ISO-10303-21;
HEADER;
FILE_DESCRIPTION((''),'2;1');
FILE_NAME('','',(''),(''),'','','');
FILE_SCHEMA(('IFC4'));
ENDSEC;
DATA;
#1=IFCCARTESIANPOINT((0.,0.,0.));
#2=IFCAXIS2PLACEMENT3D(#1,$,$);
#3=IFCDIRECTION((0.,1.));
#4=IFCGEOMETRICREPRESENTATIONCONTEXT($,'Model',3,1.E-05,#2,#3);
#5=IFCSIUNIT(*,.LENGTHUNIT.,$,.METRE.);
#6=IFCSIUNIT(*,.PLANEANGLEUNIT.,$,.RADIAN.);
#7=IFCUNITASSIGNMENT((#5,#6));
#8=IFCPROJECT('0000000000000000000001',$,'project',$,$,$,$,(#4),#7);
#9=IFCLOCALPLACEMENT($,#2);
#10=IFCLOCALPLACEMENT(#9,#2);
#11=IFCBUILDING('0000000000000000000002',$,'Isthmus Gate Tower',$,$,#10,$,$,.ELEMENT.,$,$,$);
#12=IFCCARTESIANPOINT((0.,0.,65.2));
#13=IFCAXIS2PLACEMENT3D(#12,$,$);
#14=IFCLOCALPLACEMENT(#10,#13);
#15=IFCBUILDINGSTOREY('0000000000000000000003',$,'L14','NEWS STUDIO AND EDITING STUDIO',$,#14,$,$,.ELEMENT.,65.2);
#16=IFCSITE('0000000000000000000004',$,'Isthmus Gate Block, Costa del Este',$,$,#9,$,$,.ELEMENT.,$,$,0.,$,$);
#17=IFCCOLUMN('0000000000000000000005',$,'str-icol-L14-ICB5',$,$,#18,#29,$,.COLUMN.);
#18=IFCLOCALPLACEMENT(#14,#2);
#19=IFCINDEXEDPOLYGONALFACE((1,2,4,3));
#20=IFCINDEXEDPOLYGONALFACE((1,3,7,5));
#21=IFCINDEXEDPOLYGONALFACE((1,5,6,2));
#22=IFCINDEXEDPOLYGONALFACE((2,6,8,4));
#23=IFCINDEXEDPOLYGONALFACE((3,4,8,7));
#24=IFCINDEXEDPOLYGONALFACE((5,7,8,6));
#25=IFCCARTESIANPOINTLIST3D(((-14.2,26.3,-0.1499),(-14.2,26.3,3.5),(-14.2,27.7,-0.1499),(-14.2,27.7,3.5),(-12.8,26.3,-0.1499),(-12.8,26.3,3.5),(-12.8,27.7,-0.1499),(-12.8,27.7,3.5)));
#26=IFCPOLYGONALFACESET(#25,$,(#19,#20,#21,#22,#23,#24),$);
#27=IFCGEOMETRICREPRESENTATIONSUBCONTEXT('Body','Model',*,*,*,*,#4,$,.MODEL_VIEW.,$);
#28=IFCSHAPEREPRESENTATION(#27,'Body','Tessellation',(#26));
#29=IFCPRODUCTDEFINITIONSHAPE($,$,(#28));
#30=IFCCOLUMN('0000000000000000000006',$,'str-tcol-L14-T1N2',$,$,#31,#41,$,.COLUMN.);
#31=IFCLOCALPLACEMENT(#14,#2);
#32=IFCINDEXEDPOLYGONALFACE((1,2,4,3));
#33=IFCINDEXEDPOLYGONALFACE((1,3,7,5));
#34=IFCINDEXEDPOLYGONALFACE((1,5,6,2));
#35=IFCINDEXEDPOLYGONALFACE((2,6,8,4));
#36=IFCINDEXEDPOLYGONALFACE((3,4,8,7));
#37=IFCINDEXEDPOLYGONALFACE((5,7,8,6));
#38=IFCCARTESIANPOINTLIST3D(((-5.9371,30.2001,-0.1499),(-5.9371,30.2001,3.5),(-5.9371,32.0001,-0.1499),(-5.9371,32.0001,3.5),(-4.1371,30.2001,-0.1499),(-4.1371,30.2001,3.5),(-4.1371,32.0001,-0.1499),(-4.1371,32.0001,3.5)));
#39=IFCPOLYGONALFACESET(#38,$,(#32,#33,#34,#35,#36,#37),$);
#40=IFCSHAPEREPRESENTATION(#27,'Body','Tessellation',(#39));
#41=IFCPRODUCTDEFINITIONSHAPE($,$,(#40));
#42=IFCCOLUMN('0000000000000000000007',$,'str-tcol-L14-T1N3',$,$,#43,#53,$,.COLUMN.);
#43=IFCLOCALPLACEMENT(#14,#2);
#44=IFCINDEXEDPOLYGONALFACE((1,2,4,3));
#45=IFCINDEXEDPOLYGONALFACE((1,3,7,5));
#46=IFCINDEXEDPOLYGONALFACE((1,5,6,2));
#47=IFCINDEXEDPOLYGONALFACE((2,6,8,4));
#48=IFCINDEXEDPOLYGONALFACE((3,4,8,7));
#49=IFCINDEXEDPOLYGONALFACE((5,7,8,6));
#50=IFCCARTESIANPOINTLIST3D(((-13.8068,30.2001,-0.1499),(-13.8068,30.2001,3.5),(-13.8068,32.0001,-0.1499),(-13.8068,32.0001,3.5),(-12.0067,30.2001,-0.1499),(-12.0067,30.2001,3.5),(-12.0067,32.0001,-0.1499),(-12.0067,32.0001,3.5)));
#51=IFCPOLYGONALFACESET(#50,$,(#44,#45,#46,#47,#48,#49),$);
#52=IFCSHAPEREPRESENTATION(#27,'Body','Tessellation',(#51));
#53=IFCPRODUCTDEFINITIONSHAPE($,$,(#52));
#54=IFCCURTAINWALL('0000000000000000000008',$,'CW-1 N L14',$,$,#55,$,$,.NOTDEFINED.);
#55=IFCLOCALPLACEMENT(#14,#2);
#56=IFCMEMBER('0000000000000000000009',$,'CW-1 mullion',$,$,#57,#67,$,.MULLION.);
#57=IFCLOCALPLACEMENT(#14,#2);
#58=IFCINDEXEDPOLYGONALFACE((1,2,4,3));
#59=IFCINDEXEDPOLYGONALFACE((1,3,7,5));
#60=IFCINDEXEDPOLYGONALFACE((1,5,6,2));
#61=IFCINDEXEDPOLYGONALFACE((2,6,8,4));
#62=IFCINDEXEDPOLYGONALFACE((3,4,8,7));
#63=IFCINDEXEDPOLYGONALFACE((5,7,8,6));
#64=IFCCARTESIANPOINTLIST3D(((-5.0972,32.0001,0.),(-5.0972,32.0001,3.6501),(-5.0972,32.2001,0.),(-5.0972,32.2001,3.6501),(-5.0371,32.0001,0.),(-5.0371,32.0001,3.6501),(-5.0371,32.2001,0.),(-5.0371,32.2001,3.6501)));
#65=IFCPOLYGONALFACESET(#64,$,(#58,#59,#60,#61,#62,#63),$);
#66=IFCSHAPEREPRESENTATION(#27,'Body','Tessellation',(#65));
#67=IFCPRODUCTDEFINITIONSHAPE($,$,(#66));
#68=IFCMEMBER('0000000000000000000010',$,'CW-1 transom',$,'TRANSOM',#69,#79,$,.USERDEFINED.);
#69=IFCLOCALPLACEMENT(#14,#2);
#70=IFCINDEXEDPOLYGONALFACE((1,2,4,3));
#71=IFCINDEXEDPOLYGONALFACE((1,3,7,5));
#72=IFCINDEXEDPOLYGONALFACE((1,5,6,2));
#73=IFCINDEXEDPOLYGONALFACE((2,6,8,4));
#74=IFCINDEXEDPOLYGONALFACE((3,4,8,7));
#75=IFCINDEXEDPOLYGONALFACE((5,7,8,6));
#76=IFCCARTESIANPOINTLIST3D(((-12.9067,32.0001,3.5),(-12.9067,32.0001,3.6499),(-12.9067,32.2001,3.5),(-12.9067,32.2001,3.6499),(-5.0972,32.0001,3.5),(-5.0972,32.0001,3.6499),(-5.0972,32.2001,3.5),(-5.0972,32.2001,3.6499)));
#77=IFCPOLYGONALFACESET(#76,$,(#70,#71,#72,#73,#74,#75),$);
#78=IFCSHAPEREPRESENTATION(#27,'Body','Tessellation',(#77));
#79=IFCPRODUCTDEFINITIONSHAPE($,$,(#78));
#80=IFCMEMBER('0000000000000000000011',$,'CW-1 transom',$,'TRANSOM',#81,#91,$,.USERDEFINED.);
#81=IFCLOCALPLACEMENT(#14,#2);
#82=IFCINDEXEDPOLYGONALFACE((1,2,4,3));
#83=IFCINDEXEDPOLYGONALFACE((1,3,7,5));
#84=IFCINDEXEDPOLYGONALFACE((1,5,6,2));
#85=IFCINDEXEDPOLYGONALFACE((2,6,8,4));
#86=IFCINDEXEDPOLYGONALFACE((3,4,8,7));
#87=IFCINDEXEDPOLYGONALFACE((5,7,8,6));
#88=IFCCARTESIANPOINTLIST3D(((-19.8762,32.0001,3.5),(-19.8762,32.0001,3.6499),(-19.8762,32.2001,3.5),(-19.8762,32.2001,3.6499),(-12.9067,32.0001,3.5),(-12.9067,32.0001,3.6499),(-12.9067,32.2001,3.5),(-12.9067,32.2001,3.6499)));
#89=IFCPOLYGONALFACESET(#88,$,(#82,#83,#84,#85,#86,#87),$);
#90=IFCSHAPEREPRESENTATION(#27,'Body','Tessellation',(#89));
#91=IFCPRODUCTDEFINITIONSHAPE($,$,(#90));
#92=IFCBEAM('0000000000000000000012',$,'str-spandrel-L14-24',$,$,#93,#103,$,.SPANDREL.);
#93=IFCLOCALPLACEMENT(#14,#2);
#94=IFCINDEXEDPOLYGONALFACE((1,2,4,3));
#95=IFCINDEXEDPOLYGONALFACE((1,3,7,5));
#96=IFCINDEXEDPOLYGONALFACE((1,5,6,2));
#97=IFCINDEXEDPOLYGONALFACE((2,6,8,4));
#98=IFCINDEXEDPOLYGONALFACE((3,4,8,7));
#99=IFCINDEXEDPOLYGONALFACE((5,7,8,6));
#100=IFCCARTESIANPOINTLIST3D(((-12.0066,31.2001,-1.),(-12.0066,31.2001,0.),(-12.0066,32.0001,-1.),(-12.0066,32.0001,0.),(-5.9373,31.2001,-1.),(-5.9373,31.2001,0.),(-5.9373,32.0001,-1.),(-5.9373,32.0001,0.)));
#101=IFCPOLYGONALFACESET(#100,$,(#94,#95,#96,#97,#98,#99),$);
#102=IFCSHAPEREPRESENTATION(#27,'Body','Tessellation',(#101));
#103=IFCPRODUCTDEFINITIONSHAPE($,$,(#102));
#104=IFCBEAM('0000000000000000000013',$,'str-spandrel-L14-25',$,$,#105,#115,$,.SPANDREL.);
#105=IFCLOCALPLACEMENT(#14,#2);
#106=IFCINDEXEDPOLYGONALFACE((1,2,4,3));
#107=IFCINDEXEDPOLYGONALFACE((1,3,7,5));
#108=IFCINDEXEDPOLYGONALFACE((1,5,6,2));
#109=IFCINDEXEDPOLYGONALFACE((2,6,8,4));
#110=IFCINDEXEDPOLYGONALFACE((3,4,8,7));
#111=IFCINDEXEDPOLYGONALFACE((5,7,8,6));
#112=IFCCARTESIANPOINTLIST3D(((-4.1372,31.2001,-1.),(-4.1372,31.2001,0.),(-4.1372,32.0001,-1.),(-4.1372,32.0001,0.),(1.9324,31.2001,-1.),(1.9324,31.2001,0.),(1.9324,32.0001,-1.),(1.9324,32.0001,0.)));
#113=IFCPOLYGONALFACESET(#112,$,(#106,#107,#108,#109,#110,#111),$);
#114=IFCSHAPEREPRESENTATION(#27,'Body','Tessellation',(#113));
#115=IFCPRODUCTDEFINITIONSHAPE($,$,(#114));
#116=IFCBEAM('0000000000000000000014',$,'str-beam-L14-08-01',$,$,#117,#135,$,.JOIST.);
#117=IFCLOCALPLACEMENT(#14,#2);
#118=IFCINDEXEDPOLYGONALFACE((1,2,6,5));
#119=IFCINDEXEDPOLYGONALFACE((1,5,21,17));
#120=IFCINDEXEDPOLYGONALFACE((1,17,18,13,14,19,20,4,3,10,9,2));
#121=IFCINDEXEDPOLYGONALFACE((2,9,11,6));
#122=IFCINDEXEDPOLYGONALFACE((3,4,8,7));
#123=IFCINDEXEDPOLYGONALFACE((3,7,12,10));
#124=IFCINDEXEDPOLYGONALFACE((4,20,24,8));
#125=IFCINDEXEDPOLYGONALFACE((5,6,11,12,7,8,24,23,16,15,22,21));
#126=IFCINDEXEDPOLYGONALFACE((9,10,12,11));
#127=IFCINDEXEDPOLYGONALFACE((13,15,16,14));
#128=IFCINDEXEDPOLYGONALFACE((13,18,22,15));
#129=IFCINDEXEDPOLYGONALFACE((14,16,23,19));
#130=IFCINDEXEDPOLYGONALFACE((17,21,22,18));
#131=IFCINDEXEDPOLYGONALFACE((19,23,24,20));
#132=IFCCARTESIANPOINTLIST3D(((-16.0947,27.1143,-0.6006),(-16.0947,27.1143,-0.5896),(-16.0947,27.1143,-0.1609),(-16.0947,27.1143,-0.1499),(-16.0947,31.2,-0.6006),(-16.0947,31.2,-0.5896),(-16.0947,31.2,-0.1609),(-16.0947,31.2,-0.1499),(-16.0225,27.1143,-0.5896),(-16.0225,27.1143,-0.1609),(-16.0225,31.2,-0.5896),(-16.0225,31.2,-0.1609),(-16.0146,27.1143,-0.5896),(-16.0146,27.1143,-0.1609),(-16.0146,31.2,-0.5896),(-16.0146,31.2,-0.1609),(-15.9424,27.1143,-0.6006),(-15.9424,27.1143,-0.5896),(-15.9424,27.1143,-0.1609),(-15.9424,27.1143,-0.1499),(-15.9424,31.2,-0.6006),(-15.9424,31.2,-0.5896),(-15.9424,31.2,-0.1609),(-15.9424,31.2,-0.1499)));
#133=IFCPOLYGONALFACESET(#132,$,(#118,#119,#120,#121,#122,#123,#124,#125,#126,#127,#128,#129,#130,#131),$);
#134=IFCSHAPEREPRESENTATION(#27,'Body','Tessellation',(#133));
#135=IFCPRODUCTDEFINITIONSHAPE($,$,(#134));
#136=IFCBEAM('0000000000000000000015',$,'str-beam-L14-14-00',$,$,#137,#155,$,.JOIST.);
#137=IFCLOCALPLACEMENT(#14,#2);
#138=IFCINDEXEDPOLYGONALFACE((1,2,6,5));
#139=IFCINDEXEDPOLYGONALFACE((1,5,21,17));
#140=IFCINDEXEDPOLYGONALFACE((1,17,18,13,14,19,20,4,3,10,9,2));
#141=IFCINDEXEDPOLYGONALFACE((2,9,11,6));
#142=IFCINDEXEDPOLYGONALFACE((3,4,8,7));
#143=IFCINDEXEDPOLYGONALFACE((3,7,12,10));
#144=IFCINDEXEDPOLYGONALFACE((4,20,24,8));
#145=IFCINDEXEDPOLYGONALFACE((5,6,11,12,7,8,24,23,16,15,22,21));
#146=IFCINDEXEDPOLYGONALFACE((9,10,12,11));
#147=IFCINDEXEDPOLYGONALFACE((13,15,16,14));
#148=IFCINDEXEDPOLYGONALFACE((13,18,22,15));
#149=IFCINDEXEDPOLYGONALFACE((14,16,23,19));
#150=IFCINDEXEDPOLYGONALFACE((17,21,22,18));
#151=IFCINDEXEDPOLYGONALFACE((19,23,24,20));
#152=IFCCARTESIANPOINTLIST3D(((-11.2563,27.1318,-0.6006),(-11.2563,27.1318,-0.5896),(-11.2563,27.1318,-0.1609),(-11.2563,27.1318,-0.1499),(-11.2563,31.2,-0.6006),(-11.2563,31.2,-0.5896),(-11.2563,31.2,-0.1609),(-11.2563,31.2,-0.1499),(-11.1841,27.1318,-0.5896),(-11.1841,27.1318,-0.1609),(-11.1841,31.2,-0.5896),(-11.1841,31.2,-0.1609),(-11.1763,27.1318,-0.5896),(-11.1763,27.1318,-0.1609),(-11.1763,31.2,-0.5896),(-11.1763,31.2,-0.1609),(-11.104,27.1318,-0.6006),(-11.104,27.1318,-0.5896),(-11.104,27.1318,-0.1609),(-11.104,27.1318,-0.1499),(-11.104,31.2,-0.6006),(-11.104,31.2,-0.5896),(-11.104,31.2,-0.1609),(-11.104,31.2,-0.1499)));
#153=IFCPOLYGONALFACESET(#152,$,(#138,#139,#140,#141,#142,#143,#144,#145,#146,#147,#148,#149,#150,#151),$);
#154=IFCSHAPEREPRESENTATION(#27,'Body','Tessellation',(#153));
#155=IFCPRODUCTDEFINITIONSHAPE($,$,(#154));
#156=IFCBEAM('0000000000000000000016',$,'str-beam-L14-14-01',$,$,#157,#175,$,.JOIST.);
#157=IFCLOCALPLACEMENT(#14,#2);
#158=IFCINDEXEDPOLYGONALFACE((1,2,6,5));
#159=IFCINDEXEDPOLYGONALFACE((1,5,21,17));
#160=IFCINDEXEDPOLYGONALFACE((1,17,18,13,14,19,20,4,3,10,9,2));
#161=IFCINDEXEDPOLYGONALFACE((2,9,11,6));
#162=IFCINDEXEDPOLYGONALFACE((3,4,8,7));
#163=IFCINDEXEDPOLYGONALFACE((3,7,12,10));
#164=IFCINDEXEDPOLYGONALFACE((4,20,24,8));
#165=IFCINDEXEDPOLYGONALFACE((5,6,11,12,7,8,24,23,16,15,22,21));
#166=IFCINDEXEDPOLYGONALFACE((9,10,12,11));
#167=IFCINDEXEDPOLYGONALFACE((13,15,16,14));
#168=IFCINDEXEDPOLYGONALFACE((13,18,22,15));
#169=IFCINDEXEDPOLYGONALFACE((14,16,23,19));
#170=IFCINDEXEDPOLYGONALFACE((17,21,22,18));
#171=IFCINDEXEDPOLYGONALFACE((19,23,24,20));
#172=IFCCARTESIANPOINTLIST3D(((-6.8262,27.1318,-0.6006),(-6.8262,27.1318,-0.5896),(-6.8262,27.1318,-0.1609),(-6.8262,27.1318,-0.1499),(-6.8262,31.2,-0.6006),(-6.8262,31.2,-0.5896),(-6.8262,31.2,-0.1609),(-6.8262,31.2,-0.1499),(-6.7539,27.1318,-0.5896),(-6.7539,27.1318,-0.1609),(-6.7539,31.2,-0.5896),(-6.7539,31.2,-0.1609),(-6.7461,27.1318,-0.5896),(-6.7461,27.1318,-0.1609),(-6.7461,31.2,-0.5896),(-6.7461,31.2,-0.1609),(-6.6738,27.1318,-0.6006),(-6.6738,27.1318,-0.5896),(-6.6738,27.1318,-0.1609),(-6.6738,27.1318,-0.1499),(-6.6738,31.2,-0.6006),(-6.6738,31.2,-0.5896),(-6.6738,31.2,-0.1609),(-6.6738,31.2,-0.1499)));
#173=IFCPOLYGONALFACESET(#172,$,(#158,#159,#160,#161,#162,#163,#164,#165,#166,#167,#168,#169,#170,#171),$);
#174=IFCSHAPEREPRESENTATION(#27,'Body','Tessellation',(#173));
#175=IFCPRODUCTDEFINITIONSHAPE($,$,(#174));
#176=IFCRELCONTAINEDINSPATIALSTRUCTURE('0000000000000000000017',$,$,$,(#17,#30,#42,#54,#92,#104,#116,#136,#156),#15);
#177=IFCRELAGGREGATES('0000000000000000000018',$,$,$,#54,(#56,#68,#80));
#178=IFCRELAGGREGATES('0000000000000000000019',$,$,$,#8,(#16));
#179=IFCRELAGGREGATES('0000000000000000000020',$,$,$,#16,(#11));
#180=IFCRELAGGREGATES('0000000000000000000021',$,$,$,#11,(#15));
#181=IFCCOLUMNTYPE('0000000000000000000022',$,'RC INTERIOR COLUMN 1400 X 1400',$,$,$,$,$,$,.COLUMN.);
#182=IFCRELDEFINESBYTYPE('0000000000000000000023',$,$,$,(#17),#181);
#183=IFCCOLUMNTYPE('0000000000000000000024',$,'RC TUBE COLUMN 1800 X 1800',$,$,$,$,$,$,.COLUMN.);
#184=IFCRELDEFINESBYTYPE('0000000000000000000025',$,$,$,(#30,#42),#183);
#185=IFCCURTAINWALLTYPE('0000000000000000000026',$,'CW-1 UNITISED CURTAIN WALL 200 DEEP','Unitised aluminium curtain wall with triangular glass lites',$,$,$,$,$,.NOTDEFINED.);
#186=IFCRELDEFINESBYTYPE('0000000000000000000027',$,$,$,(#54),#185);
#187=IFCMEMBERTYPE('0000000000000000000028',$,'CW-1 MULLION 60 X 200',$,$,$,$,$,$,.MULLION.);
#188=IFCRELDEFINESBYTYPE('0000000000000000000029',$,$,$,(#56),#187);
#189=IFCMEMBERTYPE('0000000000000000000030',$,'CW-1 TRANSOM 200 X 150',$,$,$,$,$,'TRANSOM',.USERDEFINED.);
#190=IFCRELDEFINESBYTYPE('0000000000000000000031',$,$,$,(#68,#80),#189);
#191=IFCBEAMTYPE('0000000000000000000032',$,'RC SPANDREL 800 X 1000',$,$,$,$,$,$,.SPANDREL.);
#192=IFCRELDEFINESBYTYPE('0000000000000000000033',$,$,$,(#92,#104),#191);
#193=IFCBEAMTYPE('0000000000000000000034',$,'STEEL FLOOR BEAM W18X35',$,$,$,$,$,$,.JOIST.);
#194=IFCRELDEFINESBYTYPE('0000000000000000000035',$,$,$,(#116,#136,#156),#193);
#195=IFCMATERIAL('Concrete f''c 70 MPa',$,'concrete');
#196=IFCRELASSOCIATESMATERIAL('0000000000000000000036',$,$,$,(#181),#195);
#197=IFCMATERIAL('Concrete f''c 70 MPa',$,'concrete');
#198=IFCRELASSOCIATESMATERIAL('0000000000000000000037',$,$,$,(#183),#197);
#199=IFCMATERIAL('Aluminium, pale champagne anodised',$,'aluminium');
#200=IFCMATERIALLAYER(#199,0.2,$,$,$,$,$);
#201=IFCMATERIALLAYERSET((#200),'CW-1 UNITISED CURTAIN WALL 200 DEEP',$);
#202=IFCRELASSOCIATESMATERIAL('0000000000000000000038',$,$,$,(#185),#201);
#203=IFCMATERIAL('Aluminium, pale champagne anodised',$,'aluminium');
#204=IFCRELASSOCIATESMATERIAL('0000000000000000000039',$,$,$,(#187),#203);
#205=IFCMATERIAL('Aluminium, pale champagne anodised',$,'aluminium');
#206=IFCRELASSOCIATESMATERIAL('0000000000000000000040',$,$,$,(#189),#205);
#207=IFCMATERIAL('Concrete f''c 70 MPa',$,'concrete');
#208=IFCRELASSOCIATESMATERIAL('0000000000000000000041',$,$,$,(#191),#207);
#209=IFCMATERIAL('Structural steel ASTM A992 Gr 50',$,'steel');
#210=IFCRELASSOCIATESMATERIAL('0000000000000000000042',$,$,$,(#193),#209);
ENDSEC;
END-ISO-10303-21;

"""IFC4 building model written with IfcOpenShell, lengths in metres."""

from ifc_helpers import new_model, si_unit, direction, frame, origin, origin_2d, place, context, subcontext, project, spatial, rectangle, i_section, extrude, material, layer, layer_set, material_profile, profile_set, type_object, element, aggregate, save


model = new_model("IFC4")

# Units and contexts
model_context = context("Model", 3, precision=1e-05, world=origin(), true_north=direction((0.0, 1.0)))
body_context = subcontext(model_context, "Body", "Model", "MODEL_VIEW")
ifc_project = project(units=[si_unit("LENGTHUNIT", "METRE"), si_unit("PLANEANGLEUNIT", "RADIAN")], contexts=[model_context])

# Site, building, storey
site_placement = place(None, origin())
site = spatial("IfcSite", under=ifc_project, at=site_placement, Name="Isthmus Gate Block, Costa del Este", CompositionType="ELEMENT", RefElevation=0.0)
building_placement = place(site_placement, origin())
building = spatial("IfcBuilding", under=site, at=building_placement, Name="Isthmus Gate Tower", CompositionType="ELEMENT")
storey_placement = place(building_placement, frame((0.0, 0.0, 65.2)))
storey = spatial("IfcBuildingStorey", under=building, at=storey_placement, Name="L14", Description="NEWS STUDIO AND EDITING STUDIO", CompositionType="ELEMENT", Elevation=65.2)

# Columns
ifc_material_1 = material(Name="Concrete f'c 70 MPa", Category="concrete")
ifc_material_profile_1 = material_profile(ifc_material_1, rectangle(XDim=1.3999, YDim=1.3999, at=origin_2d()), Name="RC 1400X1400")
ifc_profile_set_1 = profile_set([ifc_material_profile_1], Name="Concrete f'c 70 MPa")
column_type_1 = type_object("IfcColumnType", Name="RC INTERIOR COLUMN 1400 X 1400", PredefinedType="COLUMN", material=ifc_profile_set_1)
column_placement = place(storey_placement, frame((-13.5, 27.0, -0.1499), z_axis=(0.0, 0.0, 1.0), x_axis=(1.0, 0.0, 0.0)))
element("IfcColumn", 1, at=column_placement, inside=storey, type_object=column_type_1, Name="str-icol-L14-ICB5", PredefinedType="COLUMN", context=body_context, shape_type="SweptSolid", body=[
    extrude(rectangle(XDim=1.3999, YDim=1.3999, at=origin_2d()), origin(), (0.0, 0.0, 1.0), 3.6499),
])
ifc_material_2 = material(Name="Concrete f'c 70 MPa", Category="concrete")
ifc_material_profile_2 = material_profile(ifc_material_2, rectangle(XDim=1.8, YDim=1.8, at=origin_2d()), Name="RC 1800X1800")
ifc_profile_set_2 = profile_set([ifc_material_profile_2], Name="Concrete f'c 70 MPa")
column_type_2 = type_object("IfcColumnType", Name="RC TUBE COLUMN 1800 X 1800", PredefinedType="COLUMN", material=ifc_profile_set_2)
for number, where, z_axis, x_axis, name in (
    (2, (-5.0371, 31.1001, -0.1499), (0.0, 0.0, 1.0), (-1.0, 0.0, 0.0), "str-tcol-L14-T1N2"),
    (3, (-12.9067, 31.1001, -0.1499), (0.0, 0.0, 1.0), (-1.0, 0.0, 0.0), "str-tcol-L14-T1N3"),
):
    element("IfcColumn", number, at=place(storey_placement, frame(where, z_axis=z_axis, x_axis=x_axis)), inside=storey, type_object=column_type_2, Name=name, PredefinedType="COLUMN", context=body_context, shape_type="SweptSolid", body=[
        extrude(rectangle(XDim=1.8, YDim=1.8, at=origin_2d()), origin(), (0.0, 0.0, 1.0), 3.6499),
    ])

# Curtain wall, members
ifc_material_3 = material(Name="Aluminium, pale champagne anodised", Category="aluminium")
ifc_layer_1 = layer(ifc_material_3, 0.2)
ifc_layer_set_1 = layer_set([ifc_layer_1], Name="CW-1 UNITISED CURTAIN WALL 200 DEEP")
curtain_wall_type = type_object("IfcCurtainWallType", Name="CW-1 UNITISED CURTAIN WALL 200 DEEP", Description="Unitised aluminium curtain wall with triangular glass lites", PredefinedType="NOTDEFINED", material=ifc_layer_set_1)
curtain_wall_placement = place(storey_placement, origin())
curtain_wall = element("IfcCurtainWall", 4, at=curtain_wall_placement, inside=storey, type_object=curtain_wall_type, Name="CW-1 N L14", PredefinedType="NOTDEFINED")
ifc_material_4 = material(Name="Aluminium, pale champagne anodised", Category="aluminium")
ifc_material_profile_3 = material_profile(ifc_material_4, rectangle(XDim=0.0601, YDim=0.2, at=origin_2d()), Name="60x200")
ifc_profile_set_3 = profile_set([ifc_material_profile_3], Name="Aluminium, pale champagne anodised")
member_type_1 = type_object("IfcMemberType", Name="CW-1 MULLION 60 X 200", PredefinedType="MULLION", material=ifc_profile_set_3)
member_1_placement = place(storey_placement, frame((-5.0671, 32.1001, 0.0), z_axis=(0.0, 0.0, 1.0), x_axis=(-1.0, 0.0, 0.0)))
member_1 = element("IfcMember", 5, at=member_1_placement, type_object=member_type_1, Name="CW-1 mullion", PredefinedType="MULLION", context=body_context, shape_type="SweptSolid", body=[
    extrude(rectangle(XDim=0.0601, YDim=0.2, at=origin_2d()), origin(), (0.0, 0.0, 1.0), 3.6501),
])
ifc_material_5 = material(Name="Aluminium, pale champagne anodised", Category="aluminium")
ifc_material_profile_4 = material_profile(ifc_material_5, rectangle(XDim=0.2, YDim=0.1499, at=origin_2d()), Name="200x150")
ifc_profile_set_4 = profile_set([ifc_material_profile_4], Name="Aluminium, pale champagne anodised")
member_type_2 = type_object("IfcMemberType", Name="CW-1 TRANSOM 200 X 150", ElementType="TRANSOM", PredefinedType="USERDEFINED", material=ifc_profile_set_4)
member_2_placement = place(storey_placement, frame((-5.0972, 32.1001, 3.575), z_axis=(-1.0, 0.0, 0.0), x_axis=(0.0, -1.0, 0.0)))
member_2 = element("IfcMember", 6, at=member_2_placement, type_object=member_type_2, Name="CW-1 transom", ObjectType="TRANSOM", PredefinedType="USERDEFINED", context=body_context, shape_type="SweptSolid", body=[
    extrude(rectangle(XDim=0.2, YDim=0.1499, at=origin_2d()), origin(), (0.0, 0.0, 1.0), 7.8096),
])
member_3_placement = place(storey_placement, frame((-12.9067, 32.1001, 3.575), z_axis=(-1.0, 0.0, 0.0), x_axis=(0.0, -1.0, 0.0)))
member_3 = element("IfcMember", 7, at=member_3_placement, type_object=member_type_2, Name="CW-1 transom", ObjectType="TRANSOM", PredefinedType="USERDEFINED", context=body_context, shape_type="SweptSolid", body=[
    extrude(rectangle(XDim=0.2, YDim=0.1499, at=origin_2d()), origin(), (0.0, 0.0, 1.0), 6.9695),
])

# Beams
ifc_material_6 = material(Name="Concrete f'c 70 MPa", Category="concrete")
ifc_material_profile_5 = material_profile(ifc_material_6, rectangle(XDim=0.8, YDim=1.0, at=origin_2d()), Name="RC 800X1000")
ifc_profile_set_5 = profile_set([ifc_material_profile_5], Name="Concrete f'c 70 MPa")
beam_type_1 = type_object("IfcBeamType", Name="RC SPANDREL 800 X 1000", PredefinedType="SPANDREL", material=ifc_profile_set_5)
beam_1_placement = place(storey_placement, frame((-12.0066, 31.6001, -0.5), z_axis=(1.0, 0.0, 0.0), x_axis=(0.0, 1.0, 0.0)))
element("IfcBeam", 8, at=beam_1_placement, inside=storey, type_object=beam_type_1, Name="str-spandrel-L14-24", PredefinedType="SPANDREL", context=body_context, shape_type="SweptSolid", body=[
    extrude(rectangle(XDim=0.8, YDim=1.0, at=origin_2d()), origin(), (0.0, 0.0, 1.0), 6.0693),
])
beam_2_placement = place(storey_placement, frame((-4.1372, 31.6001, -0.5), z_axis=(1.0, 0.0, 0.0), x_axis=(0.0, 1.0, 0.0)))
element("IfcBeam", 9, at=beam_2_placement, inside=storey, type_object=beam_type_1, Name="str-spandrel-L14-25", PredefinedType="SPANDREL", context=body_context, shape_type="SweptSolid", body=[
    extrude(rectangle(XDim=0.8, YDim=1.0, at=origin_2d()), origin(), (0.0, 0.0, 1.0), 6.0696),
])
ifc_material_7 = material(Name="Structural steel ASTM A992 Gr 50", Category="steel")
ifc_material_profile_6 = material_profile(ifc_material_7, i_section(OverallWidth=0.1523, OverallDepth=0.4507, WebThickness=0.0078, FlangeThickness=0.011, at=origin_2d()), Name="W18X35")
ifc_profile_set_6 = profile_set([ifc_material_profile_6], Name="Structural steel ASTM A992 Gr 50")
beam_type_2 = type_object("IfcBeamType", Name="STEEL FLOOR BEAM W18X35", PredefinedType="JOIST", material=ifc_profile_set_6)
beam_3_placement = place(storey_placement, frame((-16.0186, 27.1143, -0.3752), z_axis=(0.0, 1.0, 0.0), x_axis=(-1.0, 0.0, 0.0)))
element("IfcBeam", 10, at=beam_3_placement, inside=storey, type_object=beam_type_2, Name="str-beam-L14-08-01", PredefinedType="JOIST", context=body_context, shape_type="SweptSolid", body=[
    extrude(i_section(OverallWidth=0.1523, OverallDepth=0.4507, WebThickness=0.0078, FlangeThickness=0.011, at=origin_2d()), origin(), (0.0, 0.0, 1.0), 4.0857),
])
for number, where, z_axis, x_axis, name in (
    (11, (-11.1802, 27.1318, -0.3752), (0.0, 1.0, 0.0), (-1.0, 0.0, 0.0), "str-beam-L14-14-00"),
    (12, (-6.75, 27.1318, -0.3752), (0.0, 1.0, 0.0), (-1.0, 0.0, 0.0), "str-beam-L14-14-01"),
):
    element("IfcBeam", number, at=place(storey_placement, frame(where, z_axis=z_axis, x_axis=x_axis)), inside=storey, type_object=beam_type_2, Name=name, PredefinedType="JOIST", context=body_context, shape_type="SweptSolid", body=[
        extrude(i_section(OverallWidth=0.1523, OverallDepth=0.4507, WebThickness=0.0078, FlangeThickness=0.011, at=origin_2d()), origin(), (0.0, 0.0, 1.0), 4.0681),
    ])

aggregate(curtain_wall, [member_1, member_2, member_3])

save(model, "model.ifc")
